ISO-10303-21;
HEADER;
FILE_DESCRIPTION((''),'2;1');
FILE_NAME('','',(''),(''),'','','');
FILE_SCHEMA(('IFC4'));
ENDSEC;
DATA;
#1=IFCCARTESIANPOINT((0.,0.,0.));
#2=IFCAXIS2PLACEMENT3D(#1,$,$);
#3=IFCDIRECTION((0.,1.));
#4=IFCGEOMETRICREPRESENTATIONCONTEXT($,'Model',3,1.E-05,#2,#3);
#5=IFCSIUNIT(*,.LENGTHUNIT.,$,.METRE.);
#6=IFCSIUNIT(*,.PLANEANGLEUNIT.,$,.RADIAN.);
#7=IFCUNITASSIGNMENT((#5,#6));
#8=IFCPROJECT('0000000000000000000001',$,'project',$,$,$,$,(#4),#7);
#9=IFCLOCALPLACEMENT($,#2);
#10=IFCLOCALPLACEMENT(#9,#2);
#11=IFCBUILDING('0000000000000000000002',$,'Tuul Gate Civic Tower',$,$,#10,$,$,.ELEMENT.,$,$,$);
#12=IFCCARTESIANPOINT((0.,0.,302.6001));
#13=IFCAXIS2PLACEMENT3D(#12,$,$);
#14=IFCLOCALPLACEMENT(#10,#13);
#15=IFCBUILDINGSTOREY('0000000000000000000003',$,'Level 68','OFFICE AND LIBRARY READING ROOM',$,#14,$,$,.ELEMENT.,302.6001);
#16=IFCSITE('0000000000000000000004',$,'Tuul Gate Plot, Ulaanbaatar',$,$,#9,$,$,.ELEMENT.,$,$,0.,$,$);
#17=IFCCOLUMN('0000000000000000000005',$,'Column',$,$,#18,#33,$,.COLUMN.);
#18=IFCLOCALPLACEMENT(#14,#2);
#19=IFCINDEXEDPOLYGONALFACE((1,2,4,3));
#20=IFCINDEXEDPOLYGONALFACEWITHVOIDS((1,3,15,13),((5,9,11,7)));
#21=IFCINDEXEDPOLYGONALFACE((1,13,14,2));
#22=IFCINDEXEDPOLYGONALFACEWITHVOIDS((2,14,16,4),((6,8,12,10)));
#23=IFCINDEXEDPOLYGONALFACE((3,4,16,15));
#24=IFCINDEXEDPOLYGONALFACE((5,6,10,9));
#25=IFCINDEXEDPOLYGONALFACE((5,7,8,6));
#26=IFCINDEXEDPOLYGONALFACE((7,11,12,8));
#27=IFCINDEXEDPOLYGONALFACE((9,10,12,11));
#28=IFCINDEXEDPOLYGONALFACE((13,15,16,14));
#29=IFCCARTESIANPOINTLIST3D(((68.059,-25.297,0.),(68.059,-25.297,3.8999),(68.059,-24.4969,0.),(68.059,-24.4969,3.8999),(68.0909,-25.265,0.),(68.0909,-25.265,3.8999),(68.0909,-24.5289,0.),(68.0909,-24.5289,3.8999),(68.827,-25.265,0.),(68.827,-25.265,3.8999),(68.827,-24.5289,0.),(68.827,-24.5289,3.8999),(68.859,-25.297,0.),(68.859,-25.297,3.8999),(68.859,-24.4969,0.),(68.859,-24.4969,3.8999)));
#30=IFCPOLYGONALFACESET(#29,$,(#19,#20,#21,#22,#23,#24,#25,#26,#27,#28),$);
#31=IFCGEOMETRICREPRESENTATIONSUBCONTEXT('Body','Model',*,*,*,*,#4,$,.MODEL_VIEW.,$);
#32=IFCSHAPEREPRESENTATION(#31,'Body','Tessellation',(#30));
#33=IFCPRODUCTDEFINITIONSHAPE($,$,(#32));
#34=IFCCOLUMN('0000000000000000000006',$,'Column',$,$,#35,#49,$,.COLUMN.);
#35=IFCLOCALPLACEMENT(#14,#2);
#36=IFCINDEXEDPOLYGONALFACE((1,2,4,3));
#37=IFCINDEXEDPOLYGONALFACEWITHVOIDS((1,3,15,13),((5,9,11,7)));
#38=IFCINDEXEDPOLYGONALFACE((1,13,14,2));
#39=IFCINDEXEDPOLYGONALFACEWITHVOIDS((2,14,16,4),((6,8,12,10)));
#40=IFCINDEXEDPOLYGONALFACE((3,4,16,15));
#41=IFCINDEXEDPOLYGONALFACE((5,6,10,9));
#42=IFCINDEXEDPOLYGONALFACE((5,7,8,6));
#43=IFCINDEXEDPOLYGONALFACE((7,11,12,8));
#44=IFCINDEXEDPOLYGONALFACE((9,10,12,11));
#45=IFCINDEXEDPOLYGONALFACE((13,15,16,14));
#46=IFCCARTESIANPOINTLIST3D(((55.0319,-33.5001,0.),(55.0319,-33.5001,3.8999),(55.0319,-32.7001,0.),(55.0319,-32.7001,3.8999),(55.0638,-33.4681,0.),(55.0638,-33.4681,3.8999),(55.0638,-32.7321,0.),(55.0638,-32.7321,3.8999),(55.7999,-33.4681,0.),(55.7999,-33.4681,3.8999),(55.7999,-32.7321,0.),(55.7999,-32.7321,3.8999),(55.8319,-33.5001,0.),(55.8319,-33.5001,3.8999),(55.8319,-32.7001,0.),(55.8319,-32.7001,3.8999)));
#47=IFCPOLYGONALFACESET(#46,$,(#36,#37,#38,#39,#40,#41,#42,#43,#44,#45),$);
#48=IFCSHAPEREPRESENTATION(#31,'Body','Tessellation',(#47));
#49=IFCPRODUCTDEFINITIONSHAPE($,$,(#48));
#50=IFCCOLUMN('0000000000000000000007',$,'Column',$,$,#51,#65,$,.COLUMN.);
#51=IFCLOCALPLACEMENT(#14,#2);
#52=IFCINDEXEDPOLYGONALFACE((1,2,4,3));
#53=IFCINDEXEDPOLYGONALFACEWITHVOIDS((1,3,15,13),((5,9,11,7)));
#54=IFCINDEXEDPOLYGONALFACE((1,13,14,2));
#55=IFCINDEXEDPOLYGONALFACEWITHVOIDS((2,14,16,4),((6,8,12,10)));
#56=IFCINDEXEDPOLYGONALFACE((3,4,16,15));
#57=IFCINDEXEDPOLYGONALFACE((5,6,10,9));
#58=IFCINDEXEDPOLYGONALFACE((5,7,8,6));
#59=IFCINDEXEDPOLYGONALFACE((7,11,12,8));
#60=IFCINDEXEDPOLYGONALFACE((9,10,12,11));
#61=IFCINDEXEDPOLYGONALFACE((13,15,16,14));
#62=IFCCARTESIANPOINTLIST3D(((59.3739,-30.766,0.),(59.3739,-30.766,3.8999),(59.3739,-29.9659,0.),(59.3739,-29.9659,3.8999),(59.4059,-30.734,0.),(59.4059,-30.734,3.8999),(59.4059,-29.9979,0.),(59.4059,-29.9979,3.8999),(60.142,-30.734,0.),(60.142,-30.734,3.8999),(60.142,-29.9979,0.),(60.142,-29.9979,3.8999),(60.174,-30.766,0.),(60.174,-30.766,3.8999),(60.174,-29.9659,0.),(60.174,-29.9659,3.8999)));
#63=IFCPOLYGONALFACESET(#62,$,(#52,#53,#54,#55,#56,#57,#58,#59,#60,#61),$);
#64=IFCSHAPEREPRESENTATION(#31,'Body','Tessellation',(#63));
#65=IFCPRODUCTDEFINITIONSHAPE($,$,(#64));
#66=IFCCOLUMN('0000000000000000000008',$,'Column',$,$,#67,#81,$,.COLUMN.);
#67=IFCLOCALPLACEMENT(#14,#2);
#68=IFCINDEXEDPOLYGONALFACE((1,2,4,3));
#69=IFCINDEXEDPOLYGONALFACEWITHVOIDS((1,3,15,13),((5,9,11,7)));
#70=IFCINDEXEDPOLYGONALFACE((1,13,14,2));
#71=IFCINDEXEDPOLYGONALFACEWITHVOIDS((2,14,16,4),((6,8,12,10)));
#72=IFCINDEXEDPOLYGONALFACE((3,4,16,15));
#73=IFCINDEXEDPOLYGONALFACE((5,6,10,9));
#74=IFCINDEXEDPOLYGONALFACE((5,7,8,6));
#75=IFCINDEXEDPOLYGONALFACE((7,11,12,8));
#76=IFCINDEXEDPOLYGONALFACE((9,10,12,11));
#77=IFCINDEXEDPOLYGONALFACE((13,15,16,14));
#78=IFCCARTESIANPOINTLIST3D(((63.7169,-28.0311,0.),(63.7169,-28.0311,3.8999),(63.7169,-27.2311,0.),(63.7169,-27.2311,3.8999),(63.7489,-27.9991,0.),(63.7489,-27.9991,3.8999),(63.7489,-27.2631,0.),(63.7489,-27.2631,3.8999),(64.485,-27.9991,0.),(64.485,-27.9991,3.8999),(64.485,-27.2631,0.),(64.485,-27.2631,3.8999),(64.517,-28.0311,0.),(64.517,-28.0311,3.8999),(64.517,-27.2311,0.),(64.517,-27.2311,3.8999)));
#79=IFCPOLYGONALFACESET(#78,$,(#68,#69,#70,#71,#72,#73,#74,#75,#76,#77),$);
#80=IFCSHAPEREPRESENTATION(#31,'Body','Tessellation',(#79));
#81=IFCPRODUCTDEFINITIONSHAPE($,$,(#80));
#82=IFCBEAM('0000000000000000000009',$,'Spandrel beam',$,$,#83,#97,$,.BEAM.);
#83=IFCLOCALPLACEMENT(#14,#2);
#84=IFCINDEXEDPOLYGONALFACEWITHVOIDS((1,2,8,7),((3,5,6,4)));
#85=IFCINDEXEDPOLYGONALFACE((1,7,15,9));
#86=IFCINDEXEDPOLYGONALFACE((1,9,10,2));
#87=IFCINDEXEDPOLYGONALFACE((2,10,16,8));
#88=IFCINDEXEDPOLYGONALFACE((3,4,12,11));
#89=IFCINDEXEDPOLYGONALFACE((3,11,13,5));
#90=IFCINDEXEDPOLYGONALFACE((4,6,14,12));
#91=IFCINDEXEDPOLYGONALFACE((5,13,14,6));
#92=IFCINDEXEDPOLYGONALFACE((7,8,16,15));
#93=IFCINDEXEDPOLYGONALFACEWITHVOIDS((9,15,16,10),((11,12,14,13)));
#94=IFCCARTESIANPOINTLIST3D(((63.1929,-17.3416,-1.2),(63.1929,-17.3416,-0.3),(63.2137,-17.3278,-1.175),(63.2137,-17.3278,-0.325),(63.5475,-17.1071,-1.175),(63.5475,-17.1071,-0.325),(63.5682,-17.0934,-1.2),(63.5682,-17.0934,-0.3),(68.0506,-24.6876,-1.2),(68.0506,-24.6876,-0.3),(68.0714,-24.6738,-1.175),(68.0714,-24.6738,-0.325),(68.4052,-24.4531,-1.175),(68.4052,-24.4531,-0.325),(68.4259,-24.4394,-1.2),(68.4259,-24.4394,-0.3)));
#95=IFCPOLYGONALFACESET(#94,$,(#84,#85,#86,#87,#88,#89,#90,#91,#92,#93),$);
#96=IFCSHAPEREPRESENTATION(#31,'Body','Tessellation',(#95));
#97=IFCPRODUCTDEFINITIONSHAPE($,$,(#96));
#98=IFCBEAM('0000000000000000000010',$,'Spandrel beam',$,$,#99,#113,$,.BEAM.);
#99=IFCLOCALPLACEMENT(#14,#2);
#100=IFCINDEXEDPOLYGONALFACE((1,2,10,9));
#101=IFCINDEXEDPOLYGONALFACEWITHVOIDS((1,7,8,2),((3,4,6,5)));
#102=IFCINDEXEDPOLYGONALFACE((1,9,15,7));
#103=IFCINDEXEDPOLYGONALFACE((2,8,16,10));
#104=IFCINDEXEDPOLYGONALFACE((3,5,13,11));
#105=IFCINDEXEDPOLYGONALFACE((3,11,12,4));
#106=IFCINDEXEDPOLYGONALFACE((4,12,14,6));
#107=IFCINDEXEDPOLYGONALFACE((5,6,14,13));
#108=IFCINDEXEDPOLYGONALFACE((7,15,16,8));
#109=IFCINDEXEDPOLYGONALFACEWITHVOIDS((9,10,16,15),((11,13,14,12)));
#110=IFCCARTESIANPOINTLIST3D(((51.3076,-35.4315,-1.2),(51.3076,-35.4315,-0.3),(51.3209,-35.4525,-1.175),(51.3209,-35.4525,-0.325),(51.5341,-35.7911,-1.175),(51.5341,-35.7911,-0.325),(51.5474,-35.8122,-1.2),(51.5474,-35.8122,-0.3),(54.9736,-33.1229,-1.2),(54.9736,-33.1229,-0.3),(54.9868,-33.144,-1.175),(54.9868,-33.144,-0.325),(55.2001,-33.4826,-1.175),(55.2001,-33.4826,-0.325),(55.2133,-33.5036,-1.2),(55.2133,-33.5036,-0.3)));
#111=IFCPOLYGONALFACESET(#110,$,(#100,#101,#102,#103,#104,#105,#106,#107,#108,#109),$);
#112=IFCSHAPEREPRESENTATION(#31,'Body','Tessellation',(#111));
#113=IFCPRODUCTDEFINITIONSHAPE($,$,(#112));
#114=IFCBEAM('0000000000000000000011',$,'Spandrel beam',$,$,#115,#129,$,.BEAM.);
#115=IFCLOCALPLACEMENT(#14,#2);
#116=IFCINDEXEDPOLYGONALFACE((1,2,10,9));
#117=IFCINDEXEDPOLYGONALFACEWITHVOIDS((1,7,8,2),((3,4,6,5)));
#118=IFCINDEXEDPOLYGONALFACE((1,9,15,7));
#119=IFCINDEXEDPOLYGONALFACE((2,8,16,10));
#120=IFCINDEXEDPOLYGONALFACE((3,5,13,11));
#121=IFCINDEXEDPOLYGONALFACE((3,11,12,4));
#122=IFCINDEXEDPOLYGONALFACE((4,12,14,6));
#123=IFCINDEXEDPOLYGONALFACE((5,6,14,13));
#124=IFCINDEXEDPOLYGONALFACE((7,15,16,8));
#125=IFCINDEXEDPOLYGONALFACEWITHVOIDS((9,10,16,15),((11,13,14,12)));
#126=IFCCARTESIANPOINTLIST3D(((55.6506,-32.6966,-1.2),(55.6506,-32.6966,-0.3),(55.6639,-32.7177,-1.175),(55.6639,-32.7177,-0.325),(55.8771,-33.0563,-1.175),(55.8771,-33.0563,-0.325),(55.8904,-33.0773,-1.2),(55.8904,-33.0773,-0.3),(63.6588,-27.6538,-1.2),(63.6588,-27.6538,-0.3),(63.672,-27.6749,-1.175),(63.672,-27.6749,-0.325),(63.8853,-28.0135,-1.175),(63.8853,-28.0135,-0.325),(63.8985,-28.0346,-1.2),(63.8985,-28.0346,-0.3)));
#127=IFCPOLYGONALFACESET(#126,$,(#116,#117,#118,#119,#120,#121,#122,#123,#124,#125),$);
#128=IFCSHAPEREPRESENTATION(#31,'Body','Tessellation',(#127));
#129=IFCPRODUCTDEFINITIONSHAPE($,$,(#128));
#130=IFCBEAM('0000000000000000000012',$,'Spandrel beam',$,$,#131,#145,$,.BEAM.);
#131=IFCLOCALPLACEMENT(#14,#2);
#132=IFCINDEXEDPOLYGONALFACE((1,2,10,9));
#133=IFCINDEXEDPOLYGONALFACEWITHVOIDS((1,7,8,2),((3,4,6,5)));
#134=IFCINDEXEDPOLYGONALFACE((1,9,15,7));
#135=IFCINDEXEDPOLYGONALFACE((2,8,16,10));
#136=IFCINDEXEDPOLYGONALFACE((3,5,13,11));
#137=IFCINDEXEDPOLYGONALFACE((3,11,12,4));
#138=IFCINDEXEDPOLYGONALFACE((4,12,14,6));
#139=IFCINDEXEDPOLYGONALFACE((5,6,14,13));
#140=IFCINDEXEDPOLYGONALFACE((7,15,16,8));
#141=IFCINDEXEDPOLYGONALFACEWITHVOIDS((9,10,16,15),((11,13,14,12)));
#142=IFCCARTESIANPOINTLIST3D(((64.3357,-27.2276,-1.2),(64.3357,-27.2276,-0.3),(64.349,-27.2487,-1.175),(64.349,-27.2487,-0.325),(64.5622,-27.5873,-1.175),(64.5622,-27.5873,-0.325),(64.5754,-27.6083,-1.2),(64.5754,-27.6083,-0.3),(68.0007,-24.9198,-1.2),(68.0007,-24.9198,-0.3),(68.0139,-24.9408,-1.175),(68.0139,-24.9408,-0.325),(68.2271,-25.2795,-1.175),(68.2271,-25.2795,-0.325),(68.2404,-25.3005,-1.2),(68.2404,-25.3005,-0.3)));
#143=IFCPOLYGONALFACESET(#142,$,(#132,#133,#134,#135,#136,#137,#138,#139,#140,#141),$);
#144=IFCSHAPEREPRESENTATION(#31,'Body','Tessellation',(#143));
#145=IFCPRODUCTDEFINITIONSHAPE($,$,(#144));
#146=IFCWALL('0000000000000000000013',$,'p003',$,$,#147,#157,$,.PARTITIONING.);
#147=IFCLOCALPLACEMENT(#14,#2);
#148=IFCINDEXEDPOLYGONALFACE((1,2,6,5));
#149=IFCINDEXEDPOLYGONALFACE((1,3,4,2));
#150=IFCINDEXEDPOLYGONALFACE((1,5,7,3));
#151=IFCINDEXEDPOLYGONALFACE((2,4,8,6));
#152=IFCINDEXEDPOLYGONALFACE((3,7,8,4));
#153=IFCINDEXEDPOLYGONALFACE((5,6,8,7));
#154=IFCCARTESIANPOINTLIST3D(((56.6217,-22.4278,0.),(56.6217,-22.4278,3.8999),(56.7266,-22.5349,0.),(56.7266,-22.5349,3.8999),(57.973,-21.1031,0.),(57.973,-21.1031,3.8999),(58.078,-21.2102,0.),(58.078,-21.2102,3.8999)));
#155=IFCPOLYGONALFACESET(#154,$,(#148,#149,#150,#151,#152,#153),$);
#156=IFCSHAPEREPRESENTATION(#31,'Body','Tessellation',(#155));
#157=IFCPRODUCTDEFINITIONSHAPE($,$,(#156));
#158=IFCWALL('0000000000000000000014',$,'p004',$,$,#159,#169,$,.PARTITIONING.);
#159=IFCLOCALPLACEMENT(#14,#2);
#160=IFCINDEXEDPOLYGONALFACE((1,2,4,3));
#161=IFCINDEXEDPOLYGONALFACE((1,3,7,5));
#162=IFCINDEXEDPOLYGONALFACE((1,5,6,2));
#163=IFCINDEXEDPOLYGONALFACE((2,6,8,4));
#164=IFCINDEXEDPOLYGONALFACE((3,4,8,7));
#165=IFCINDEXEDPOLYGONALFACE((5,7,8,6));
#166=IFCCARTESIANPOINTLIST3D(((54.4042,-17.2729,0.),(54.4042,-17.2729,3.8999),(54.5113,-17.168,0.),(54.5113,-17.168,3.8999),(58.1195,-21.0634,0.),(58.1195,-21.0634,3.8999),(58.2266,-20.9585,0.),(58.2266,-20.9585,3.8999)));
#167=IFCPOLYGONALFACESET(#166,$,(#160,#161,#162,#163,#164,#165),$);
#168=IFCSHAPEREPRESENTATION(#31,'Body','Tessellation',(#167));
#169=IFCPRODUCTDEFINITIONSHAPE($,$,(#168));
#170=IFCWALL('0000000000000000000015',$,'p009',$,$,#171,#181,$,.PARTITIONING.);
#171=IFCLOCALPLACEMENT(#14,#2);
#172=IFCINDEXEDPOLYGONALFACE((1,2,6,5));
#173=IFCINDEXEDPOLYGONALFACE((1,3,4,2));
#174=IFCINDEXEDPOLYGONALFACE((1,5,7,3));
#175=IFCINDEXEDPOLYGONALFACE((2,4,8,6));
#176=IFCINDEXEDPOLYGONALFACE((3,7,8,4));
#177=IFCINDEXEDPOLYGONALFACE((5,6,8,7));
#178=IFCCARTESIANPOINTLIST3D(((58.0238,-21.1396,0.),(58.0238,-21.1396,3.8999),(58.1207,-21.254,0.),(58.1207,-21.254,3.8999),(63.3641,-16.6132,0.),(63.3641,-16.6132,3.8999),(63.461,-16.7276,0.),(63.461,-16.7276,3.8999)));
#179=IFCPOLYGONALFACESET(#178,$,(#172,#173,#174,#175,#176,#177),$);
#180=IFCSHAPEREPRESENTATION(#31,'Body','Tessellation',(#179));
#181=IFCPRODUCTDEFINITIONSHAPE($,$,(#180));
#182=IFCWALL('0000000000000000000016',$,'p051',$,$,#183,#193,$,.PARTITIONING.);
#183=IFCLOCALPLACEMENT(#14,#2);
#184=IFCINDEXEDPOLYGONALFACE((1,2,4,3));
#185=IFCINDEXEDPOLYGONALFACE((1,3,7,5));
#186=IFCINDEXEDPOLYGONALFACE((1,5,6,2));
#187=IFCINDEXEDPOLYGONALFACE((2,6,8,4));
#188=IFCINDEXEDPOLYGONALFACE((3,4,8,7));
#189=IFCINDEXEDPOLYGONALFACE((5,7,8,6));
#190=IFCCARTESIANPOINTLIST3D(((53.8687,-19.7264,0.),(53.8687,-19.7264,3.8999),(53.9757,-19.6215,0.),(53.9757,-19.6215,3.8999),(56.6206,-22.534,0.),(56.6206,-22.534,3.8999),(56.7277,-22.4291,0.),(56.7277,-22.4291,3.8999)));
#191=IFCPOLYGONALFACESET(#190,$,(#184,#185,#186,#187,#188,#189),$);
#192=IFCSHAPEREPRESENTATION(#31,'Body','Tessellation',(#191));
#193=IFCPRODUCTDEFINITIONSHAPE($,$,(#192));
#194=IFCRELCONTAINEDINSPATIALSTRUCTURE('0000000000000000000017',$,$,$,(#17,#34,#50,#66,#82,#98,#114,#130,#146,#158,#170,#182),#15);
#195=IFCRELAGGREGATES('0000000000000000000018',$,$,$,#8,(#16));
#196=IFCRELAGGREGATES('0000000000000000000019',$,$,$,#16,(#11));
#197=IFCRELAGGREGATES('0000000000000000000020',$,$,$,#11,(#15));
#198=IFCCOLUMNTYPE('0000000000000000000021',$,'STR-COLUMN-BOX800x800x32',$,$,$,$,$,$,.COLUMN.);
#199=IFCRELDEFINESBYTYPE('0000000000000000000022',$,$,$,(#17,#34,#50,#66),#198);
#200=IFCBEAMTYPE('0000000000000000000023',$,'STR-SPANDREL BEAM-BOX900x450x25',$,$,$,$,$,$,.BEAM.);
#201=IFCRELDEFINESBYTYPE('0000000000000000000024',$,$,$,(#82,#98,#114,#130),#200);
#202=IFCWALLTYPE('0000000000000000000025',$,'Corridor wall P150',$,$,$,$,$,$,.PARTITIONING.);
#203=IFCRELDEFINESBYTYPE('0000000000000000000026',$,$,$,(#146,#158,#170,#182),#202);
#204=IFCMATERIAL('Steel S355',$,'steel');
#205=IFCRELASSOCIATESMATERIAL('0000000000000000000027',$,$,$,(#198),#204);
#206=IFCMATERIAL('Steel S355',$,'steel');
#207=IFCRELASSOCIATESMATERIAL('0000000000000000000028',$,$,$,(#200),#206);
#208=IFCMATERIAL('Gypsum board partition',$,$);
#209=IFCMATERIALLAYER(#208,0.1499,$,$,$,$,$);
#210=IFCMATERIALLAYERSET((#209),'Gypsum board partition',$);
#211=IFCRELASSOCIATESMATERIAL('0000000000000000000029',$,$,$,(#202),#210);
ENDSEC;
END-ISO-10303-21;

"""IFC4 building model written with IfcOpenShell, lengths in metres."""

from ifc_helpers import new_model, si_unit, direction, frame, frame_2d, origin, origin_2d, place, context, subcontext, project, spatial, rectangle, hollow_rectangle, extrude, material, layer, layer_set, material_profile, profile_set, type_object, element, save


model = new_model("IFC4")

# Units and contexts
model_context = context("Model", 3, precision=1e-05, world=origin(), true_north=direction((0.0, 1.0)))
body_context = subcontext(model_context, "Body", "Model", "MODEL_VIEW")
ifc_project = project(units=[si_unit("LENGTHUNIT", "METRE"), si_unit("PLANEANGLEUNIT", "RADIAN")], contexts=[model_context])

# Site, building, storey
site_placement = place(None, origin())
site = spatial("IfcSite", under=ifc_project, at=site_placement, Name="Tuul Gate Plot, Ulaanbaatar", CompositionType="ELEMENT", RefElevation=0.0)
building_placement = place(site_placement, origin())
building = spatial("IfcBuilding", under=site, at=building_placement, Name="Tuul Gate Civic Tower", CompositionType="ELEMENT")
storey_placement = place(building_placement, frame((0.0, 0.0, 302.6001)))
storey = spatial("IfcBuildingStorey", under=building, at=storey_placement, Name="Level 68", Description="OFFICE AND LIBRARY READING ROOM", CompositionType="ELEMENT", Elevation=302.6001)

# Columns
ifc_material_1 = material(Name="Steel S355", Category="steel")
ifc_material_profile_1 = material_profile(ifc_material_1, hollow_rectangle(XDim=0.8, YDim=0.8, WallThickness=0.032, at=origin_2d()), Name="BOX800x800x32")
ifc_profile_set_1 = profile_set([ifc_material_profile_1], Name="Steel S355")
column_type = type_object("IfcColumnType", Name="STR-COLUMN-BOX800x800x32", PredefinedType="COLUMN", material=ifc_profile_set_1)
for number, where, z_axis, x_axis, name in (
    (1, (68.459, -24.897, 0.0), (0.0, 0.0, 1.0), (1.0, 0.0, 0.0), "Column"),
    (2, (55.4319, -33.1001, 0.0), (0.0, 0.0, 1.0), (1.0, 0.0, 0.0), "Column"),
    (3, (59.7739, -30.366, 0.0), (0.0, 0.0, 1.0), (1.0, 0.0, 0.0), "Column"),
    (4, (64.1169, -27.6311, 0.0), (0.0, 0.0, 1.0), (1.0, 0.0, 0.0), "Column"),
):
    element("IfcColumn", number, at=place(storey_placement, frame(where, z_axis=z_axis, x_axis=x_axis)), inside=storey, type_object=column_type, Name=name, PredefinedType="COLUMN", context=body_context, shape_type="SweptSolid", body=[
        extrude(hollow_rectangle(XDim=0.8, YDim=0.8, WallThickness=0.032, at=origin_2d()), origin(), (0.0, 0.0, 1.0), 3.8999),
    ])

# Beams
ifc_material_2 = material(Name="Steel S355", Category="steel")
ifc_material_profile_2 = material_profile(ifc_material_2, hollow_rectangle(XDim=0.45, YDim=0.8999, WallThickness=0.0249, at=origin_2d()), Name="BOX900x450x25")
ifc_profile_set_2 = profile_set([ifc_material_profile_2], Name="Steel S355")
beam_type = type_object("IfcBeamType", Name="STR-SPANDREL BEAM-BOX900x450x25", PredefinedType="BEAM", material=ifc_profile_set_2)
beam_1_placement = place(storey_placement, frame((68.2383, -24.5635, -0.75), z_axis=(-0.551581, 0.834121, 0.0), x_axis=(-0.834121, -0.551581, 0.0)))
element("IfcBeam", 5, at=beam_1_placement, inside=storey, type_object=beam_type, Name="Spandrel beam", PredefinedType="BEAM", context=body_context, shape_type="SweptSolid", body=[
    extrude(hollow_rectangle(XDim=0.45, YDim=0.8999, WallThickness=0.0249, at=origin_2d()), origin(), (0.0, 0.0, 1.0), 8.8069),
])
beam_2_placement = place(storey_placement, frame((51.4275, -35.6218, -0.75), z_axis=(0.846195, 0.532873, 0.0), x_axis=(-0.532873, 0.846195, 0.0)))
element("IfcBeam", 6, at=beam_2_placement, inside=storey, type_object=beam_type, Name="Spandrel beam", PredefinedType="BEAM", context=body_context, shape_type="SweptSolid", body=[
    extrude(hollow_rectangle(XDim=0.45, YDim=0.8999, WallThickness=0.0249, at=origin_2d()), origin(), (0.0, 0.0, 1.0), 4.3323),
])
beam_3_placement = place(storey_placement, frame((55.7705, -32.887, -0.75), z_axis=(0.846204, 0.53286, 0.0), x_axis=(-0.53286, 0.846204, 0.0)))
element("IfcBeam", 7, at=beam_3_placement, inside=storey, type_object=beam_type, Name="Spandrel beam", PredefinedType="BEAM", context=body_context, shape_type="SweptSolid", body=[
    extrude(hollow_rectangle(XDim=0.45, YDim=0.8999, WallThickness=0.0249, at=origin_2d()), origin(), (0.0, 0.0, 1.0), 9.4636),
])
beam_4_placement = place(storey_placement, frame((64.4556, -27.418, -0.75), z_axis=(0.846207, 0.532854, 0.0), x_axis=(-0.532854, 0.846207, 0.0)))
element("IfcBeam", 8, at=beam_4_placement, inside=storey, type_object=beam_type, Name="Spandrel beam", PredefinedType="BEAM", context=body_context, shape_type="SweptSolid", body=[
    extrude(hollow_rectangle(XDim=0.45, YDim=0.8999, WallThickness=0.0249, at=origin_2d()), origin(), (0.0, 0.0, 1.0), 4.3311),
])

# Walls
ifc_material_3 = material(Name="Gypsum board partition")
ifc_layer_1 = layer(ifc_material_3, 0.1499)
ifc_layer_set_1 = layer_set([ifc_layer_1], Name="Gypsum board partition")
wall_type_1 = type_object("IfcWallType", Name="Corridor wall P150", PredefinedType="PARTITIONING", material=ifc_layer_set_1)
wall_1_placement = place(storey_placement, frame((56.6741, -22.4814, 0.0), z_axis=(0.0, 0.0, 1.0), x_axis=(0.714103, 0.70004, 0.0)))
element("IfcWall", 9, at=wall_1_placement, inside=storey, type_object=wall_type_1, Name="p003", PredefinedType="PARTITIONING", context=body_context, shape_type="SweptSolid", body=[
    extrude(rectangle(XDim=1.8923, YDim=0.1499, at=frame_2d((0.9463, 0.0))), origin(), (0.0, 0.0, 1.0), 3.8999),
])
wall_2_placement = place(storey_placement, frame((54.4578, -17.2205, 0.0), z_axis=(0.0, 0.0, 1.0), x_axis=(0.699988, -0.714155, 0.0)))
element("IfcWall", 10, at=wall_2_placement, inside=storey, type_object=wall_type_1, Name="p004", PredefinedType="PARTITIONING", context=body_context, shape_type="SweptSolid", body=[
    extrude(rectangle(XDim=5.3076, YDim=0.1499, at=frame_2d((2.6538, 0.0))), origin(), (0.0, 0.0, 1.0), 3.8999),
])
wall_3_placement = place(storey_placement, frame((58.0723, -21.1968, 0.0), z_axis=(0.0, 0.0, 1.0), x_axis=(0.762849, 0.646577, 0.0)))
element("IfcWall", 11, at=wall_3_placement, inside=storey, type_object=wall_type_1, Name="p009", PredefinedType="PARTITIONING", context=body_context, shape_type="SweptSolid", body=[
    extrude(rectangle(XDim=7.0005, YDim=0.1499, at=frame_2d((3.5002, 0.0))), origin(), (0.0, 0.0, 1.0), 3.8999),
])
wall_4_placement = place(storey_placement, frame((53.9221, -19.6738, 0.0), z_axis=(0.0, 0.0, 1.0), x_axis=(0.699992, -0.714151, 0.0)))
element("IfcWall", 12, at=wall_4_placement, inside=storey, type_object=wall_type_1, Name="p051", PredefinedType="PARTITIONING", context=body_context, shape_type="SweptSolid", body=[
    extrude(rectangle(XDim=3.9314, YDim=0.1499, at=frame_2d((1.9658, 0.0))), origin(), (0.0, 0.0, 1.0), 3.8999),
])

save(model, "model.ifc")
